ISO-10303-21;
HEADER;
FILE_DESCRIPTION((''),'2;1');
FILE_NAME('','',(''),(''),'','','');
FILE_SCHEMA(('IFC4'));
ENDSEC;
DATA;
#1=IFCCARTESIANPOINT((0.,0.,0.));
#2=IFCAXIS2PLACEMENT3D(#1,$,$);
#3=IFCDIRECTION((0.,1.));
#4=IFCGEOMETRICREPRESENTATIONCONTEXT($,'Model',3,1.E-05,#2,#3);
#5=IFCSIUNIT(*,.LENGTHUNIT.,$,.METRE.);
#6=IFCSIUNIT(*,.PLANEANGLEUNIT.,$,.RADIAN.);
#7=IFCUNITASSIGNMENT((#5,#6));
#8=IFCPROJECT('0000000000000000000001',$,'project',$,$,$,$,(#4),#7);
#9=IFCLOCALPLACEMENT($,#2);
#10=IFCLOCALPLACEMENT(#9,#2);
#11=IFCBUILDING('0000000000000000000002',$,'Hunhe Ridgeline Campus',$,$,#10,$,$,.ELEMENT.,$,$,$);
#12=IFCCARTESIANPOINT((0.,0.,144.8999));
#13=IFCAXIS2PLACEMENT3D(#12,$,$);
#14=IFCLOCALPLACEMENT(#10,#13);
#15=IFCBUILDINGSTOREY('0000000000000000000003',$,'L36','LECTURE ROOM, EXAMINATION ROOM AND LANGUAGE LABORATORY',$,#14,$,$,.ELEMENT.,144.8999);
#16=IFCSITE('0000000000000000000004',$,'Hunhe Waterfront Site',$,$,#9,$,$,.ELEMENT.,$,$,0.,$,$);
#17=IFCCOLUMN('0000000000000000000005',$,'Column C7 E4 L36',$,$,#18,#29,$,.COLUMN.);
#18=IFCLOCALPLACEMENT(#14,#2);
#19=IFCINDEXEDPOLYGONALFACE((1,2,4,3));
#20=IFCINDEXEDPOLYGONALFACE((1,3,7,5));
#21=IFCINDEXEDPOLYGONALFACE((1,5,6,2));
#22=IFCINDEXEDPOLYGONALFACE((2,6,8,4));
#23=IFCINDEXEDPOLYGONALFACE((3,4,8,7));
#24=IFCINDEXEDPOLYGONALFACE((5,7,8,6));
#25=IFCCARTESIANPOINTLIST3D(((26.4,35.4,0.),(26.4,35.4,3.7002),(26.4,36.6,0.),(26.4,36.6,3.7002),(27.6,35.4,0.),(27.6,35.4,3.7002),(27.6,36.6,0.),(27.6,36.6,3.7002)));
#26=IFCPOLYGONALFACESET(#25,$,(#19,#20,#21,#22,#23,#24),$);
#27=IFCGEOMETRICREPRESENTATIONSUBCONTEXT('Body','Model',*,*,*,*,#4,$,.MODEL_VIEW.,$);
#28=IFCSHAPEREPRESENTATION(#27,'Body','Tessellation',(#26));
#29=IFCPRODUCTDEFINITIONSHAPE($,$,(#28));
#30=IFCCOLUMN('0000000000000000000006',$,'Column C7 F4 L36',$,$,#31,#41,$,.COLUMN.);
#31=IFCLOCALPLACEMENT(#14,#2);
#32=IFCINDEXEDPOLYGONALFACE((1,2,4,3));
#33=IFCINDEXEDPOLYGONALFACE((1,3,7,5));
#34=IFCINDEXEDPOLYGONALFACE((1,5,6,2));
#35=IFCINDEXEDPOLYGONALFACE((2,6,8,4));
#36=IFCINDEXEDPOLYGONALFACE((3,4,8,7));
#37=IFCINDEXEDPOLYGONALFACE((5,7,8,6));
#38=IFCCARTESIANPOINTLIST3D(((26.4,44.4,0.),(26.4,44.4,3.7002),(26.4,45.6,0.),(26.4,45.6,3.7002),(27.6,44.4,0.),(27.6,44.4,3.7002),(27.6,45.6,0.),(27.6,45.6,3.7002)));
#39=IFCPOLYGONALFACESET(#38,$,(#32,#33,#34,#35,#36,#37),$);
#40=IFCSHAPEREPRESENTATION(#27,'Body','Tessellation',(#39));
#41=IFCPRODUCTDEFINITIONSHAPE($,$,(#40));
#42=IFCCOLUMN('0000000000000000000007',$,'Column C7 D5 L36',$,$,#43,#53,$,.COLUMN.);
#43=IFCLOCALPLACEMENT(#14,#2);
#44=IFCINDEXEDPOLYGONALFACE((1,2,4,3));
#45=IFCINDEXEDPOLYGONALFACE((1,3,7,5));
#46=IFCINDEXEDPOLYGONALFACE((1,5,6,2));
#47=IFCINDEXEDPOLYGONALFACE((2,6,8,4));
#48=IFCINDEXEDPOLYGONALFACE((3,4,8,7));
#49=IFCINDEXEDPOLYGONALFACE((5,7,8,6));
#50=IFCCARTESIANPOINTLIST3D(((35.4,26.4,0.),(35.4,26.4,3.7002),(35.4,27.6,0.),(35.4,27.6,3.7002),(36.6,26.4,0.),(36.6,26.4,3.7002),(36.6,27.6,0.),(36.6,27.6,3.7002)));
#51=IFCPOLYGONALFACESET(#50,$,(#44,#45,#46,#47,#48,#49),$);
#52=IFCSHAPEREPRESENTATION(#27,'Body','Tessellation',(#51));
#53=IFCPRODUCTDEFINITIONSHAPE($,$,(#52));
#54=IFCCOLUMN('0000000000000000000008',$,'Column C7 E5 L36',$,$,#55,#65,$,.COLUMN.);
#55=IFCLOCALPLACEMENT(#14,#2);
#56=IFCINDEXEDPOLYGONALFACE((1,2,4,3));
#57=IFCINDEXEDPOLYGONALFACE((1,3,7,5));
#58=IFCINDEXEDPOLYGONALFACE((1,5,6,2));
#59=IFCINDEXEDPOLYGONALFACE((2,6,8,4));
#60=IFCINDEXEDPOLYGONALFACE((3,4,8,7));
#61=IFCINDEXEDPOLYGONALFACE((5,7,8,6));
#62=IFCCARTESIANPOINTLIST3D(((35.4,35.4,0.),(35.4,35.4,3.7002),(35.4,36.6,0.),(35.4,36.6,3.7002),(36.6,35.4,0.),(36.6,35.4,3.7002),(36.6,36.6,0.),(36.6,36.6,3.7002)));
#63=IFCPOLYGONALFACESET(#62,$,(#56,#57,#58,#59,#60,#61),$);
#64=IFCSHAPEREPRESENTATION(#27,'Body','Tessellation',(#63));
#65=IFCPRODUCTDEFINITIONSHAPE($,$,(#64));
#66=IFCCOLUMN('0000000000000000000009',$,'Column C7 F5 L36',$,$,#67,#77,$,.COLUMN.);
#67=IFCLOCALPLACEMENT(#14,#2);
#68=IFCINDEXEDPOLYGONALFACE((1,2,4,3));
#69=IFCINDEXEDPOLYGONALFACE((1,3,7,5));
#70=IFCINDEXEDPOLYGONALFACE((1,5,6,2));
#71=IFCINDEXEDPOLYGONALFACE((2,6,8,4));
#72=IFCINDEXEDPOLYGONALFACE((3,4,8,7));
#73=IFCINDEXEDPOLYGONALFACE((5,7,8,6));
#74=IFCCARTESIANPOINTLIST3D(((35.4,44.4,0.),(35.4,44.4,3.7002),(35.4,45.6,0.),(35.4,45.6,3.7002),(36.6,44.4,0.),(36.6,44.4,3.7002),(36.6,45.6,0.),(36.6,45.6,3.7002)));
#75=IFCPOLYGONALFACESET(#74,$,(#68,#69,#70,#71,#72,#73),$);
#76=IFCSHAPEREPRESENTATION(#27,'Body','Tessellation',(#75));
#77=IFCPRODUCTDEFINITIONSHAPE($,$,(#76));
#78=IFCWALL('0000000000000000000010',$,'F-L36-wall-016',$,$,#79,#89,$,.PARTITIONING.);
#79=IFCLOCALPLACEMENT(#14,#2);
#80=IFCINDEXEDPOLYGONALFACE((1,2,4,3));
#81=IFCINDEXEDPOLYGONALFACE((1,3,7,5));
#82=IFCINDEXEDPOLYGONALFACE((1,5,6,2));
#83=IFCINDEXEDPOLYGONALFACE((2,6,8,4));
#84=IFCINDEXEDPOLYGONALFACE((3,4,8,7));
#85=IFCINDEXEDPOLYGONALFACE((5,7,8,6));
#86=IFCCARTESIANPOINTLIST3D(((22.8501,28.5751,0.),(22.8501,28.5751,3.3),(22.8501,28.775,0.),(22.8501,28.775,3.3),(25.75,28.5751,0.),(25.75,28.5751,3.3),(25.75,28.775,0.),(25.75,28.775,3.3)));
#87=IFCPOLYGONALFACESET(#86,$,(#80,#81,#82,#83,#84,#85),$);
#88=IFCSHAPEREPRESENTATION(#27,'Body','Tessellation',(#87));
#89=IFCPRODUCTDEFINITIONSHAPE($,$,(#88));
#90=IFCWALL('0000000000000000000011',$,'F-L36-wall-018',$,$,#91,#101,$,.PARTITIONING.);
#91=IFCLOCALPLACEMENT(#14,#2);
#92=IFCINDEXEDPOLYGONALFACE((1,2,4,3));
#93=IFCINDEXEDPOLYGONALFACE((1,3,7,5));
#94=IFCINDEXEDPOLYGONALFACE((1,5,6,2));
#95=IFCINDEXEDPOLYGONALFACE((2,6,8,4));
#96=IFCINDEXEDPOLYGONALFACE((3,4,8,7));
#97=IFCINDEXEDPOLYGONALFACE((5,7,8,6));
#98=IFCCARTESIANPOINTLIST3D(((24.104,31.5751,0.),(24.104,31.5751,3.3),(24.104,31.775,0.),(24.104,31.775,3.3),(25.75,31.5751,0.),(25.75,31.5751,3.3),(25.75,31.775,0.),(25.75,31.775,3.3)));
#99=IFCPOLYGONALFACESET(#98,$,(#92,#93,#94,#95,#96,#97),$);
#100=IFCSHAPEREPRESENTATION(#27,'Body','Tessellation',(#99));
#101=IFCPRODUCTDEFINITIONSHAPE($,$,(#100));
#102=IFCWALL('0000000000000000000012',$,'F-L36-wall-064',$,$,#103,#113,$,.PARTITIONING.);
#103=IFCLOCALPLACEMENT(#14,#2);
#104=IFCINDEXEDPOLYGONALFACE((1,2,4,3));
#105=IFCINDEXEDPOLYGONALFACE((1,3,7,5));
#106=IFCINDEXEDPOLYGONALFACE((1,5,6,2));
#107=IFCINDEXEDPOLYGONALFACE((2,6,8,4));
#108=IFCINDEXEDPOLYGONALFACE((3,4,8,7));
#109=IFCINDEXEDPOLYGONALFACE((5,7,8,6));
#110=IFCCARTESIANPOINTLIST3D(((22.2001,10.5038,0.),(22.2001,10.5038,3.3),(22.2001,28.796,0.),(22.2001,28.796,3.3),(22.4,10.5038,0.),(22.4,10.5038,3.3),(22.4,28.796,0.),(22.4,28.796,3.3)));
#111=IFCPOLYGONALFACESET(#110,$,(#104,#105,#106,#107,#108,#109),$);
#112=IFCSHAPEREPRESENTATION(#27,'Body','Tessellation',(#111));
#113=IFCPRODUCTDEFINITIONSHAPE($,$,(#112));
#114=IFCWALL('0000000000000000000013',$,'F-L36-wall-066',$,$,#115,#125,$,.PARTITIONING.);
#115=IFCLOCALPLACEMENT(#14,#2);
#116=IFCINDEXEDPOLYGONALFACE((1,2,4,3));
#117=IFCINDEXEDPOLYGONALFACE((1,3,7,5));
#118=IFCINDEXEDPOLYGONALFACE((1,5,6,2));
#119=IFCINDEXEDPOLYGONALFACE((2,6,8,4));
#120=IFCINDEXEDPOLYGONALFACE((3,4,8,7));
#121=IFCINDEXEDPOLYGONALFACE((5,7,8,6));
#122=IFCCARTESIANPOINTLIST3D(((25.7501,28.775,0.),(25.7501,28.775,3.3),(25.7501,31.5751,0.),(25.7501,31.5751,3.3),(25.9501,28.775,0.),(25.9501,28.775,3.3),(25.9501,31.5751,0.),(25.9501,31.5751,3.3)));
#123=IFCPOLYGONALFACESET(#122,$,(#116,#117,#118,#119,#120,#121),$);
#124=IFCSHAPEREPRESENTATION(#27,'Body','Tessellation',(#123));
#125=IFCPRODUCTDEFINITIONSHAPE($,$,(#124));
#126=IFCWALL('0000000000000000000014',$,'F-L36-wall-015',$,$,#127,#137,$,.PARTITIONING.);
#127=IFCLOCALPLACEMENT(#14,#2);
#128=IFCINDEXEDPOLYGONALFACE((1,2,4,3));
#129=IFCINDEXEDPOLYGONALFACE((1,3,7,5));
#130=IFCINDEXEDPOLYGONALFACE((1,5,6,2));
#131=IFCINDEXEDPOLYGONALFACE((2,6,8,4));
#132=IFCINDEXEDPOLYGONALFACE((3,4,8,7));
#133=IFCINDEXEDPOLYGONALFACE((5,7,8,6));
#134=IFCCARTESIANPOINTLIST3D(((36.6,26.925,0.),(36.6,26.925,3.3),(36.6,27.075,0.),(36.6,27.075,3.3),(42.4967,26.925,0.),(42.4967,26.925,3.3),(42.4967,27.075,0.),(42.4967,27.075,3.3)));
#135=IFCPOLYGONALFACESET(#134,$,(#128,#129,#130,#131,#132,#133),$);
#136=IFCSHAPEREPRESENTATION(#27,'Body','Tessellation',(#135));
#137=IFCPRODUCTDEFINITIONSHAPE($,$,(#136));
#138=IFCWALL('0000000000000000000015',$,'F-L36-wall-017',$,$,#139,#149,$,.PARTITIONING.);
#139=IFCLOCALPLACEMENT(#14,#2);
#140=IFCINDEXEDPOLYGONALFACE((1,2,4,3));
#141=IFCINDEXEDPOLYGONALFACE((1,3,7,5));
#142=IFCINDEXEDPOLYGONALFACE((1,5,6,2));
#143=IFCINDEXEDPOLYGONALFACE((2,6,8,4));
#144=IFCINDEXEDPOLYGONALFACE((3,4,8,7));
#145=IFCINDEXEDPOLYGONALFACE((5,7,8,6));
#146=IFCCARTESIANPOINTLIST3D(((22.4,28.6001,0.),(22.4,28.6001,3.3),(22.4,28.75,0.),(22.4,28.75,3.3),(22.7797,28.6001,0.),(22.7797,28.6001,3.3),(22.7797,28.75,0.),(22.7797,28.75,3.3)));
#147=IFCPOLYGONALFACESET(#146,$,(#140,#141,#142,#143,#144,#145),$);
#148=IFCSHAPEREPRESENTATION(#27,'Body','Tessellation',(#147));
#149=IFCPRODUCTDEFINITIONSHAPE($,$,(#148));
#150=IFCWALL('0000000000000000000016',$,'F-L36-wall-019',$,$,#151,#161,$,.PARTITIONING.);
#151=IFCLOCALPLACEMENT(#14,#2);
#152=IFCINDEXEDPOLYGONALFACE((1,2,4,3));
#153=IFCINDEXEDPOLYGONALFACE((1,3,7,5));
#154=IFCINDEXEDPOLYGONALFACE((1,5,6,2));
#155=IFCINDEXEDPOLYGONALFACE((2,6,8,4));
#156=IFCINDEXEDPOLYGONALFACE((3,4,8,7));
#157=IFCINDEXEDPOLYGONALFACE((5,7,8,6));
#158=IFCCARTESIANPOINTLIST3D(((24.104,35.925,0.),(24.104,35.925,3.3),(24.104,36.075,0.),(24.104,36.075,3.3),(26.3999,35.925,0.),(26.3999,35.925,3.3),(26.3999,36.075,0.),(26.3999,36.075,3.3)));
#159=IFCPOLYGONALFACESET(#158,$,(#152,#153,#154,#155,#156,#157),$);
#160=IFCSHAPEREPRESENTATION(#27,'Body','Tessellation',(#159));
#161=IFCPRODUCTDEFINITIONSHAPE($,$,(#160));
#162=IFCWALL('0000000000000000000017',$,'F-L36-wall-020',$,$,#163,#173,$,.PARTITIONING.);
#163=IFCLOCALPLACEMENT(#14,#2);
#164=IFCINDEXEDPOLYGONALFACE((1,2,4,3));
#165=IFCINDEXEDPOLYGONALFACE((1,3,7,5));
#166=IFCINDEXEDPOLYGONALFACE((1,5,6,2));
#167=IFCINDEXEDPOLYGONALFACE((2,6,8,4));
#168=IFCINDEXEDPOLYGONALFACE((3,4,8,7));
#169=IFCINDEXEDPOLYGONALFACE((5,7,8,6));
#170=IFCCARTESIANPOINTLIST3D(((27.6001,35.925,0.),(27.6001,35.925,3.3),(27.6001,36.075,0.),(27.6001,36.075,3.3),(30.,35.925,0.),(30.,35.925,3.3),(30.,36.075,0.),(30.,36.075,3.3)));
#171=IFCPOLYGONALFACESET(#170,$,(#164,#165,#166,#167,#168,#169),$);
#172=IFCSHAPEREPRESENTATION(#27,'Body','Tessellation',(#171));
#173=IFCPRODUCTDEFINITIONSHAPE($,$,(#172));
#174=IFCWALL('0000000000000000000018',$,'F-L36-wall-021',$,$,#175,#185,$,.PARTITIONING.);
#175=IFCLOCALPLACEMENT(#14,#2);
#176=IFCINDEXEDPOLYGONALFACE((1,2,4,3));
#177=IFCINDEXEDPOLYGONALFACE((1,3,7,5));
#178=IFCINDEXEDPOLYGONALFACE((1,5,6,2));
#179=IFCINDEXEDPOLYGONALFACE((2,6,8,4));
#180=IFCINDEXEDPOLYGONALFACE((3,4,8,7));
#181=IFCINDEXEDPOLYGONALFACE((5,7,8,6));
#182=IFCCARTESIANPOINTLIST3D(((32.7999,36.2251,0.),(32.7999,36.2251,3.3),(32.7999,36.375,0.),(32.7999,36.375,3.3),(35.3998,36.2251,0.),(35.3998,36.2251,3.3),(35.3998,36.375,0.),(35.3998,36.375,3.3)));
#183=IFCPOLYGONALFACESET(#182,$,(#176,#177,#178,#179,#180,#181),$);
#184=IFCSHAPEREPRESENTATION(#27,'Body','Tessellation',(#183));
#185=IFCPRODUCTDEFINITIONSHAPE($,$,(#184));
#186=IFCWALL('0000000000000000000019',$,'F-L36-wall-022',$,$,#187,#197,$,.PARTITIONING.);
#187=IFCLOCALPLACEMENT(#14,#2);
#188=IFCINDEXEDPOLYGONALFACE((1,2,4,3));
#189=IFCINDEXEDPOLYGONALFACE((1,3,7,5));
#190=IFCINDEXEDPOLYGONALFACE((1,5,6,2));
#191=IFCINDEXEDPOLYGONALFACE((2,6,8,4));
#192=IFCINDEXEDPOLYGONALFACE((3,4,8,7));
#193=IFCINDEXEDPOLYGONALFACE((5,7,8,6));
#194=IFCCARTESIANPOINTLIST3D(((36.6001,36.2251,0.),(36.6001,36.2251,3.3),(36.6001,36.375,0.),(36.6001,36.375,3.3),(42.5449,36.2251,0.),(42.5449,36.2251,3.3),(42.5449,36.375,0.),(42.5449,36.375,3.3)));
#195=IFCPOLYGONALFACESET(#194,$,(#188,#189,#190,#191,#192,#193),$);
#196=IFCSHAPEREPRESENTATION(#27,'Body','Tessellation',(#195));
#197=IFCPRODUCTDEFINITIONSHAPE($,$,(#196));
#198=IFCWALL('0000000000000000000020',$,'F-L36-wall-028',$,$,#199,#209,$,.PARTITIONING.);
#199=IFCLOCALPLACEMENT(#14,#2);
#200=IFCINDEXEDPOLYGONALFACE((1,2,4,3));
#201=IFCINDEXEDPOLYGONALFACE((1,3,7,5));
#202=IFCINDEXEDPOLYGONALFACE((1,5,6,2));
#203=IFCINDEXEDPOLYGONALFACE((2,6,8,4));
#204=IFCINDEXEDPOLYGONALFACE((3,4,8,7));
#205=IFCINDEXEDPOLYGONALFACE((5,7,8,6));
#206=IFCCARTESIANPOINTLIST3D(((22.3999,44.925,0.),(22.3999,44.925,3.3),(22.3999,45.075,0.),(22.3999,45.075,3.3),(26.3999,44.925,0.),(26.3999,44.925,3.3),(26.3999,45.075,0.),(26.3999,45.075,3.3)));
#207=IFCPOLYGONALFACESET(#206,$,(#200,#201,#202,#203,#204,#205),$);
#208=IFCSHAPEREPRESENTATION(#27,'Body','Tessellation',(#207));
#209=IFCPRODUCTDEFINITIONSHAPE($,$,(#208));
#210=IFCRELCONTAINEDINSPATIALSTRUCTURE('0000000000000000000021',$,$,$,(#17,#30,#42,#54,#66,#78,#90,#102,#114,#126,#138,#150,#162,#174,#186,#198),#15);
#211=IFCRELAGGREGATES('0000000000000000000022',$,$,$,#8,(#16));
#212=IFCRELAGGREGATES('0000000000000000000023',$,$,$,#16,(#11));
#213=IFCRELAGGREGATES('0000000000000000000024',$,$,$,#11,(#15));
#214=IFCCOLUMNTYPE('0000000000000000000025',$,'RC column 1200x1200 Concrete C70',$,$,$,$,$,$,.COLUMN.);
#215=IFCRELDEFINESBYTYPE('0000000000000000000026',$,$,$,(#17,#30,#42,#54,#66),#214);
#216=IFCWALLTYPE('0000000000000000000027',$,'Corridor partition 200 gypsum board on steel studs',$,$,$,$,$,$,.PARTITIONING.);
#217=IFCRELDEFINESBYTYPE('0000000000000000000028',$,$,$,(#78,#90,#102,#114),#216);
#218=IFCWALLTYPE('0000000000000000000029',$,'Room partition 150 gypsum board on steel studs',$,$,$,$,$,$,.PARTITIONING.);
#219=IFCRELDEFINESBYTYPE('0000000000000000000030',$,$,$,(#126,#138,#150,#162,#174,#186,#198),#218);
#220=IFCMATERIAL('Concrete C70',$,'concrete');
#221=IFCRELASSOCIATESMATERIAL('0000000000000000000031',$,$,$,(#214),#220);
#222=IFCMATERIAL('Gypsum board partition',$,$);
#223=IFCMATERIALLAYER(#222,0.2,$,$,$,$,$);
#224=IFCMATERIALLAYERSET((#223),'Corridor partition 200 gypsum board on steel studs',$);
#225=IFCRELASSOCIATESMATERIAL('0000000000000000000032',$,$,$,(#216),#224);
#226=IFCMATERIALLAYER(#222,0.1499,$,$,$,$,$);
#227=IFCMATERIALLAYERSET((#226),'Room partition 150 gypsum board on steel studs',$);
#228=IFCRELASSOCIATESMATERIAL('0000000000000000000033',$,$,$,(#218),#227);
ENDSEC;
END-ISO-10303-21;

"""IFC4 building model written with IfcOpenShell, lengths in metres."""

from ifc_helpers import new_model, si_unit, direction, frame, frame_2d, origin, origin_2d, place, context, subcontext, project, spatial, rectangle, extrude, material, layer, layer_set, material_profile, profile_set, type_object, element, save


model = new_model("IFC4")

# Units and contexts
model_context = context("Model", 3, precision=1e-05, world=origin(), true_north=direction((0.0, 1.0)))
body_context = subcontext(model_context, "Body", "Model", "MODEL_VIEW")
ifc_project = project(units=[si_unit("LENGTHUNIT", "METRE"), si_unit("PLANEANGLEUNIT", "RADIAN")], contexts=[model_context])

# Site, building, storey
site_placement = place(None, origin())
site = spatial("IfcSite", under=ifc_project, at=site_placement, Name="Hunhe Waterfront Site", CompositionType="ELEMENT", RefElevation=0.0)
building_placement = place(site_placement, origin())
building = spatial("IfcBuilding", under=site, at=building_placement, Name="Hunhe Ridgeline Campus", CompositionType="ELEMENT")
storey_placement = place(building_placement, frame((0.0, 0.0, 144.8999)))
storey = spatial("IfcBuildingStorey", under=building, at=storey_placement, Name="L36", Description="LECTURE ROOM, EXAMINATION ROOM AND LANGUAGE LABORATORY", CompositionType="ELEMENT", Elevation=144.8999)

# Columns
ifc_material_1 = material(Name="Concrete C70", Category="concrete")
ifc_material_profile = material_profile(ifc_material_1, rectangle(XDim=1.2, YDim=1.2, at=origin_2d()))
ifc_profile_set = profile_set([ifc_material_profile], Name="Concrete C70")
column_type = type_object("IfcColumnType", Name="RC column 1200x1200 Concrete C70", PredefinedType="COLUMN", material=ifc_profile_set)
for number, where, z_axis, x_axis, name in (
    (1, (27.0, 36.0, 0.0), (0.0, 0.0, 1.0), (1.0, 0.0, 0.0), "Column C7 E4 L36"),
    (2, (27.0, 45.0, 0.0), (0.0, 0.0, 1.0), (1.0, 0.0, 0.0), "Column C7 F4 L36"),
    (3, (36.0, 27.0, 0.0), (0.0, 0.0, 1.0), (1.0, 0.0, 0.0), "Column C7 D5 L36"),
    (4, (36.0, 36.0, 0.0), (0.0, 0.0, 1.0), (1.0, 0.0, 0.0), "Column C7 E5 L36"),
    (5, (36.0, 45.0, 0.0), (0.0, 0.0, 1.0), (1.0, 0.0, 0.0), "Column C7 F5 L36"),
):
    element("IfcColumn", number, at=place(storey_placement, frame(where, z_axis=z_axis, x_axis=x_axis)), inside=storey, type_object=column_type, Name=name, PredefinedType="COLUMN", context=body_context, shape_type="SweptSolid", body=[
        extrude(rectangle(XDim=1.2, YDim=1.2, at=origin_2d()), origin(), (0.0, 0.0, 1.0), 3.7002),
    ])

# Walls
ifc_material_2 = material(Name="Gypsum board partition")
ifc_layer_1 = layer(ifc_material_2, 0.2)
ifc_layer_set_1 = layer_set([ifc_layer_1], Name="Corridor partition 200 gypsum board on steel studs")
wall_type_1 = type_object("IfcWallType", Name="Corridor partition 200 gypsum board on steel studs", PredefinedType="PARTITIONING", material=ifc_layer_set_1)
wall_1_placement = place(storey_placement, frame((25.75, 28.675, 0.0), z_axis=(0.0, 0.0, 1.0), x_axis=(-1.0, 0.0, 0.0)))
element("IfcWall", 6, at=wall_1_placement, inside=storey, type_object=wall_type_1, Name="F-L36-wall-016", PredefinedType="PARTITIONING", context=body_context, shape_type="SweptSolid", body=[
    extrude(rectangle(XDim=2.8999, YDim=0.2, at=frame_2d((1.45, 0.0))), origin(), (0.0, 0.0, 1.0), 3.3),
])
wall_2_placement = place(storey_placement, frame((24.104, 31.675, 0.0), z_axis=(0.0, 0.0, 1.0), x_axis=(1.0, 0.0, 0.0)))
element("IfcWall", 7, at=wall_2_placement, inside=storey, type_object=wall_type_1, Name="F-L36-wall-018", PredefinedType="PARTITIONING", context=body_context, shape_type="SweptSolid", body=[
    extrude(rectangle(XDim=1.646, YDim=0.2, at=frame_2d((0.823, 0.0))), origin(), (0.0, 0.0, 1.0), 3.3),
])
wall_3_placement = place(storey_placement, frame((22.3, 28.7959, 0.0), z_axis=(0.0, 0.0, 1.0), x_axis=(0.0, -1.0, 0.0)))
element("IfcWall", 8, at=wall_3_placement, inside=storey, type_object=wall_type_1, Name="F-L36-wall-064", PredefinedType="PARTITIONING", context=body_context, shape_type="SweptSolid", body=[
    extrude(rectangle(XDim=18.2922, YDim=0.2, at=frame_2d((9.146, 0.0))), origin(), (0.0, 0.0, 1.0), 3.3),
])
wall_4_placement = place(storey_placement, frame((25.8501, 31.575, 0.0), z_axis=(0.0, 0.0, 1.0), x_axis=(0.0, -1.0, 0.0)))
element("IfcWall", 9, at=wall_4_placement, inside=storey, type_object=wall_type_1, Name="F-L36-wall-066", PredefinedType="PARTITIONING", context=body_context, shape_type="SweptSolid", body=[
    extrude(rectangle(XDim=2.8, YDim=0.2, at=frame_2d((1.3999, 0.0))), origin(), (0.0, 0.0, 1.0), 3.3),
])
ifc_layer_2 = layer(ifc_material_2, 0.1499)
ifc_layer_set_2 = layer_set([ifc_layer_2], Name="Room partition 150 gypsum board on steel studs")
wall_type_2 = type_object("IfcWallType", Name="Room partition 150 gypsum board on steel studs", PredefinedType="PARTITIONING", material=ifc_layer_set_2)
wall_5_placement = place(storey_placement, frame((36.6001, 27.0, 0.0), z_axis=(0.0, 0.0, 1.0), x_axis=(1.0, 0.0, 0.0)))
element("IfcWall", 10, at=wall_5_placement, inside=storey, type_object=wall_type_2, Name="F-L36-wall-015", PredefinedType="PARTITIONING", context=body_context, shape_type="SweptSolid", body=[
    extrude(rectangle(XDim=5.8967, YDim=0.1499, at=frame_2d((2.9482, 0.0))), origin(), (0.0, 0.0, 1.0), 3.3),
])
wall_6_placement = place(storey_placement, frame((22.3999, 28.675, 0.0), z_axis=(0.0, 0.0, 1.0), x_axis=(1.0, 0.0, 0.0)))
element("IfcWall", 11, at=wall_6_placement, inside=storey, type_object=wall_type_2, Name="F-L36-wall-017", PredefinedType="PARTITIONING", context=body_context, shape_type="SweptSolid", body=[
    extrude(rectangle(XDim=0.3796, YDim=0.1499, at=frame_2d((0.1899, 0.0))), origin(), (0.0, 0.0, 1.0), 3.3),
])
wall_7_placement = place(storey_placement, frame((24.104, 36.0, 0.0), z_axis=(0.0, 0.0, 1.0), x_axis=(1.0, 0.0, 0.0)))
element("IfcWall", 12, at=wall_7_placement, inside=storey, type_object=wall_type_2, Name="F-L36-wall-019", PredefinedType="PARTITIONING", context=body_context, shape_type="SweptSolid", body=[
    extrude(rectangle(XDim=2.2959, YDim=0.1499, at=frame_2d((1.1479, 0.0))), origin(), (0.0, 0.0, 1.0), 3.3),
])
wall_8_placement = place(storey_placement, frame((27.6001, 36.0, 0.0), z_axis=(0.0, 0.0, 1.0), x_axis=(1.0, 0.0, 0.0)))
element("IfcWall", 13, at=wall_8_placement, inside=storey, type_object=wall_type_2, Name="F-L36-wall-020", PredefinedType="PARTITIONING", context=body_context, shape_type="SweptSolid", body=[
    extrude(rectangle(XDim=2.3999, YDim=0.1499, at=frame_2d((1.2, 0.0))), origin(), (0.0, 0.0, 1.0), 3.3),
])
wall_9_placement = place(storey_placement, frame((32.8, 36.3, 0.0), z_axis=(0.0, 0.0, 1.0), x_axis=(1.0, 0.0, 0.0)))
element("IfcWall", 14, at=wall_9_placement, inside=storey, type_object=wall_type_2, Name="F-L36-wall-021", PredefinedType="PARTITIONING", context=body_context, shape_type="SweptSolid", body=[
    extrude(rectangle(XDim=2.5999, YDim=0.1499, at=frame_2d((1.2998, 0.0))), origin(), (0.0, 0.0, 1.0), 3.3),
])
wall_10_placement = place(storey_placement, frame((36.6001, 36.3, 0.0), z_axis=(0.0, 0.0, 1.0), x_axis=(1.0, 0.0, 0.0)))
element("IfcWall", 15, at=wall_10_placement, inside=storey, type_object=wall_type_2, Name="F-L36-wall-022", PredefinedType="PARTITIONING", context=body_context, shape_type="SweptSolid", body=[
    extrude(rectangle(XDim=5.9448, YDim=0.1499, at=frame_2d((2.9724, 0.0))), origin(), (0.0, 0.0, 1.0), 3.3),
])
wall_11_placement = place(storey_placement, frame((22.3999, 45.0, 0.0), z_axis=(0.0, 0.0, 1.0), x_axis=(1.0, 0.0, 0.0)))
element("IfcWall", 16, at=wall_11_placement, inside=storey, type_object=wall_type_2, Name="F-L36-wall-028", PredefinedType="PARTITIONING", context=body_context, shape_type="SweptSolid", body=[
    extrude(rectangle(XDim=4.0, YDim=0.1499, at=frame_2d((2.0, 0.0))), origin(), (0.0, 0.0, 1.0), 3.3),
])

save(model, "model.ifc")
